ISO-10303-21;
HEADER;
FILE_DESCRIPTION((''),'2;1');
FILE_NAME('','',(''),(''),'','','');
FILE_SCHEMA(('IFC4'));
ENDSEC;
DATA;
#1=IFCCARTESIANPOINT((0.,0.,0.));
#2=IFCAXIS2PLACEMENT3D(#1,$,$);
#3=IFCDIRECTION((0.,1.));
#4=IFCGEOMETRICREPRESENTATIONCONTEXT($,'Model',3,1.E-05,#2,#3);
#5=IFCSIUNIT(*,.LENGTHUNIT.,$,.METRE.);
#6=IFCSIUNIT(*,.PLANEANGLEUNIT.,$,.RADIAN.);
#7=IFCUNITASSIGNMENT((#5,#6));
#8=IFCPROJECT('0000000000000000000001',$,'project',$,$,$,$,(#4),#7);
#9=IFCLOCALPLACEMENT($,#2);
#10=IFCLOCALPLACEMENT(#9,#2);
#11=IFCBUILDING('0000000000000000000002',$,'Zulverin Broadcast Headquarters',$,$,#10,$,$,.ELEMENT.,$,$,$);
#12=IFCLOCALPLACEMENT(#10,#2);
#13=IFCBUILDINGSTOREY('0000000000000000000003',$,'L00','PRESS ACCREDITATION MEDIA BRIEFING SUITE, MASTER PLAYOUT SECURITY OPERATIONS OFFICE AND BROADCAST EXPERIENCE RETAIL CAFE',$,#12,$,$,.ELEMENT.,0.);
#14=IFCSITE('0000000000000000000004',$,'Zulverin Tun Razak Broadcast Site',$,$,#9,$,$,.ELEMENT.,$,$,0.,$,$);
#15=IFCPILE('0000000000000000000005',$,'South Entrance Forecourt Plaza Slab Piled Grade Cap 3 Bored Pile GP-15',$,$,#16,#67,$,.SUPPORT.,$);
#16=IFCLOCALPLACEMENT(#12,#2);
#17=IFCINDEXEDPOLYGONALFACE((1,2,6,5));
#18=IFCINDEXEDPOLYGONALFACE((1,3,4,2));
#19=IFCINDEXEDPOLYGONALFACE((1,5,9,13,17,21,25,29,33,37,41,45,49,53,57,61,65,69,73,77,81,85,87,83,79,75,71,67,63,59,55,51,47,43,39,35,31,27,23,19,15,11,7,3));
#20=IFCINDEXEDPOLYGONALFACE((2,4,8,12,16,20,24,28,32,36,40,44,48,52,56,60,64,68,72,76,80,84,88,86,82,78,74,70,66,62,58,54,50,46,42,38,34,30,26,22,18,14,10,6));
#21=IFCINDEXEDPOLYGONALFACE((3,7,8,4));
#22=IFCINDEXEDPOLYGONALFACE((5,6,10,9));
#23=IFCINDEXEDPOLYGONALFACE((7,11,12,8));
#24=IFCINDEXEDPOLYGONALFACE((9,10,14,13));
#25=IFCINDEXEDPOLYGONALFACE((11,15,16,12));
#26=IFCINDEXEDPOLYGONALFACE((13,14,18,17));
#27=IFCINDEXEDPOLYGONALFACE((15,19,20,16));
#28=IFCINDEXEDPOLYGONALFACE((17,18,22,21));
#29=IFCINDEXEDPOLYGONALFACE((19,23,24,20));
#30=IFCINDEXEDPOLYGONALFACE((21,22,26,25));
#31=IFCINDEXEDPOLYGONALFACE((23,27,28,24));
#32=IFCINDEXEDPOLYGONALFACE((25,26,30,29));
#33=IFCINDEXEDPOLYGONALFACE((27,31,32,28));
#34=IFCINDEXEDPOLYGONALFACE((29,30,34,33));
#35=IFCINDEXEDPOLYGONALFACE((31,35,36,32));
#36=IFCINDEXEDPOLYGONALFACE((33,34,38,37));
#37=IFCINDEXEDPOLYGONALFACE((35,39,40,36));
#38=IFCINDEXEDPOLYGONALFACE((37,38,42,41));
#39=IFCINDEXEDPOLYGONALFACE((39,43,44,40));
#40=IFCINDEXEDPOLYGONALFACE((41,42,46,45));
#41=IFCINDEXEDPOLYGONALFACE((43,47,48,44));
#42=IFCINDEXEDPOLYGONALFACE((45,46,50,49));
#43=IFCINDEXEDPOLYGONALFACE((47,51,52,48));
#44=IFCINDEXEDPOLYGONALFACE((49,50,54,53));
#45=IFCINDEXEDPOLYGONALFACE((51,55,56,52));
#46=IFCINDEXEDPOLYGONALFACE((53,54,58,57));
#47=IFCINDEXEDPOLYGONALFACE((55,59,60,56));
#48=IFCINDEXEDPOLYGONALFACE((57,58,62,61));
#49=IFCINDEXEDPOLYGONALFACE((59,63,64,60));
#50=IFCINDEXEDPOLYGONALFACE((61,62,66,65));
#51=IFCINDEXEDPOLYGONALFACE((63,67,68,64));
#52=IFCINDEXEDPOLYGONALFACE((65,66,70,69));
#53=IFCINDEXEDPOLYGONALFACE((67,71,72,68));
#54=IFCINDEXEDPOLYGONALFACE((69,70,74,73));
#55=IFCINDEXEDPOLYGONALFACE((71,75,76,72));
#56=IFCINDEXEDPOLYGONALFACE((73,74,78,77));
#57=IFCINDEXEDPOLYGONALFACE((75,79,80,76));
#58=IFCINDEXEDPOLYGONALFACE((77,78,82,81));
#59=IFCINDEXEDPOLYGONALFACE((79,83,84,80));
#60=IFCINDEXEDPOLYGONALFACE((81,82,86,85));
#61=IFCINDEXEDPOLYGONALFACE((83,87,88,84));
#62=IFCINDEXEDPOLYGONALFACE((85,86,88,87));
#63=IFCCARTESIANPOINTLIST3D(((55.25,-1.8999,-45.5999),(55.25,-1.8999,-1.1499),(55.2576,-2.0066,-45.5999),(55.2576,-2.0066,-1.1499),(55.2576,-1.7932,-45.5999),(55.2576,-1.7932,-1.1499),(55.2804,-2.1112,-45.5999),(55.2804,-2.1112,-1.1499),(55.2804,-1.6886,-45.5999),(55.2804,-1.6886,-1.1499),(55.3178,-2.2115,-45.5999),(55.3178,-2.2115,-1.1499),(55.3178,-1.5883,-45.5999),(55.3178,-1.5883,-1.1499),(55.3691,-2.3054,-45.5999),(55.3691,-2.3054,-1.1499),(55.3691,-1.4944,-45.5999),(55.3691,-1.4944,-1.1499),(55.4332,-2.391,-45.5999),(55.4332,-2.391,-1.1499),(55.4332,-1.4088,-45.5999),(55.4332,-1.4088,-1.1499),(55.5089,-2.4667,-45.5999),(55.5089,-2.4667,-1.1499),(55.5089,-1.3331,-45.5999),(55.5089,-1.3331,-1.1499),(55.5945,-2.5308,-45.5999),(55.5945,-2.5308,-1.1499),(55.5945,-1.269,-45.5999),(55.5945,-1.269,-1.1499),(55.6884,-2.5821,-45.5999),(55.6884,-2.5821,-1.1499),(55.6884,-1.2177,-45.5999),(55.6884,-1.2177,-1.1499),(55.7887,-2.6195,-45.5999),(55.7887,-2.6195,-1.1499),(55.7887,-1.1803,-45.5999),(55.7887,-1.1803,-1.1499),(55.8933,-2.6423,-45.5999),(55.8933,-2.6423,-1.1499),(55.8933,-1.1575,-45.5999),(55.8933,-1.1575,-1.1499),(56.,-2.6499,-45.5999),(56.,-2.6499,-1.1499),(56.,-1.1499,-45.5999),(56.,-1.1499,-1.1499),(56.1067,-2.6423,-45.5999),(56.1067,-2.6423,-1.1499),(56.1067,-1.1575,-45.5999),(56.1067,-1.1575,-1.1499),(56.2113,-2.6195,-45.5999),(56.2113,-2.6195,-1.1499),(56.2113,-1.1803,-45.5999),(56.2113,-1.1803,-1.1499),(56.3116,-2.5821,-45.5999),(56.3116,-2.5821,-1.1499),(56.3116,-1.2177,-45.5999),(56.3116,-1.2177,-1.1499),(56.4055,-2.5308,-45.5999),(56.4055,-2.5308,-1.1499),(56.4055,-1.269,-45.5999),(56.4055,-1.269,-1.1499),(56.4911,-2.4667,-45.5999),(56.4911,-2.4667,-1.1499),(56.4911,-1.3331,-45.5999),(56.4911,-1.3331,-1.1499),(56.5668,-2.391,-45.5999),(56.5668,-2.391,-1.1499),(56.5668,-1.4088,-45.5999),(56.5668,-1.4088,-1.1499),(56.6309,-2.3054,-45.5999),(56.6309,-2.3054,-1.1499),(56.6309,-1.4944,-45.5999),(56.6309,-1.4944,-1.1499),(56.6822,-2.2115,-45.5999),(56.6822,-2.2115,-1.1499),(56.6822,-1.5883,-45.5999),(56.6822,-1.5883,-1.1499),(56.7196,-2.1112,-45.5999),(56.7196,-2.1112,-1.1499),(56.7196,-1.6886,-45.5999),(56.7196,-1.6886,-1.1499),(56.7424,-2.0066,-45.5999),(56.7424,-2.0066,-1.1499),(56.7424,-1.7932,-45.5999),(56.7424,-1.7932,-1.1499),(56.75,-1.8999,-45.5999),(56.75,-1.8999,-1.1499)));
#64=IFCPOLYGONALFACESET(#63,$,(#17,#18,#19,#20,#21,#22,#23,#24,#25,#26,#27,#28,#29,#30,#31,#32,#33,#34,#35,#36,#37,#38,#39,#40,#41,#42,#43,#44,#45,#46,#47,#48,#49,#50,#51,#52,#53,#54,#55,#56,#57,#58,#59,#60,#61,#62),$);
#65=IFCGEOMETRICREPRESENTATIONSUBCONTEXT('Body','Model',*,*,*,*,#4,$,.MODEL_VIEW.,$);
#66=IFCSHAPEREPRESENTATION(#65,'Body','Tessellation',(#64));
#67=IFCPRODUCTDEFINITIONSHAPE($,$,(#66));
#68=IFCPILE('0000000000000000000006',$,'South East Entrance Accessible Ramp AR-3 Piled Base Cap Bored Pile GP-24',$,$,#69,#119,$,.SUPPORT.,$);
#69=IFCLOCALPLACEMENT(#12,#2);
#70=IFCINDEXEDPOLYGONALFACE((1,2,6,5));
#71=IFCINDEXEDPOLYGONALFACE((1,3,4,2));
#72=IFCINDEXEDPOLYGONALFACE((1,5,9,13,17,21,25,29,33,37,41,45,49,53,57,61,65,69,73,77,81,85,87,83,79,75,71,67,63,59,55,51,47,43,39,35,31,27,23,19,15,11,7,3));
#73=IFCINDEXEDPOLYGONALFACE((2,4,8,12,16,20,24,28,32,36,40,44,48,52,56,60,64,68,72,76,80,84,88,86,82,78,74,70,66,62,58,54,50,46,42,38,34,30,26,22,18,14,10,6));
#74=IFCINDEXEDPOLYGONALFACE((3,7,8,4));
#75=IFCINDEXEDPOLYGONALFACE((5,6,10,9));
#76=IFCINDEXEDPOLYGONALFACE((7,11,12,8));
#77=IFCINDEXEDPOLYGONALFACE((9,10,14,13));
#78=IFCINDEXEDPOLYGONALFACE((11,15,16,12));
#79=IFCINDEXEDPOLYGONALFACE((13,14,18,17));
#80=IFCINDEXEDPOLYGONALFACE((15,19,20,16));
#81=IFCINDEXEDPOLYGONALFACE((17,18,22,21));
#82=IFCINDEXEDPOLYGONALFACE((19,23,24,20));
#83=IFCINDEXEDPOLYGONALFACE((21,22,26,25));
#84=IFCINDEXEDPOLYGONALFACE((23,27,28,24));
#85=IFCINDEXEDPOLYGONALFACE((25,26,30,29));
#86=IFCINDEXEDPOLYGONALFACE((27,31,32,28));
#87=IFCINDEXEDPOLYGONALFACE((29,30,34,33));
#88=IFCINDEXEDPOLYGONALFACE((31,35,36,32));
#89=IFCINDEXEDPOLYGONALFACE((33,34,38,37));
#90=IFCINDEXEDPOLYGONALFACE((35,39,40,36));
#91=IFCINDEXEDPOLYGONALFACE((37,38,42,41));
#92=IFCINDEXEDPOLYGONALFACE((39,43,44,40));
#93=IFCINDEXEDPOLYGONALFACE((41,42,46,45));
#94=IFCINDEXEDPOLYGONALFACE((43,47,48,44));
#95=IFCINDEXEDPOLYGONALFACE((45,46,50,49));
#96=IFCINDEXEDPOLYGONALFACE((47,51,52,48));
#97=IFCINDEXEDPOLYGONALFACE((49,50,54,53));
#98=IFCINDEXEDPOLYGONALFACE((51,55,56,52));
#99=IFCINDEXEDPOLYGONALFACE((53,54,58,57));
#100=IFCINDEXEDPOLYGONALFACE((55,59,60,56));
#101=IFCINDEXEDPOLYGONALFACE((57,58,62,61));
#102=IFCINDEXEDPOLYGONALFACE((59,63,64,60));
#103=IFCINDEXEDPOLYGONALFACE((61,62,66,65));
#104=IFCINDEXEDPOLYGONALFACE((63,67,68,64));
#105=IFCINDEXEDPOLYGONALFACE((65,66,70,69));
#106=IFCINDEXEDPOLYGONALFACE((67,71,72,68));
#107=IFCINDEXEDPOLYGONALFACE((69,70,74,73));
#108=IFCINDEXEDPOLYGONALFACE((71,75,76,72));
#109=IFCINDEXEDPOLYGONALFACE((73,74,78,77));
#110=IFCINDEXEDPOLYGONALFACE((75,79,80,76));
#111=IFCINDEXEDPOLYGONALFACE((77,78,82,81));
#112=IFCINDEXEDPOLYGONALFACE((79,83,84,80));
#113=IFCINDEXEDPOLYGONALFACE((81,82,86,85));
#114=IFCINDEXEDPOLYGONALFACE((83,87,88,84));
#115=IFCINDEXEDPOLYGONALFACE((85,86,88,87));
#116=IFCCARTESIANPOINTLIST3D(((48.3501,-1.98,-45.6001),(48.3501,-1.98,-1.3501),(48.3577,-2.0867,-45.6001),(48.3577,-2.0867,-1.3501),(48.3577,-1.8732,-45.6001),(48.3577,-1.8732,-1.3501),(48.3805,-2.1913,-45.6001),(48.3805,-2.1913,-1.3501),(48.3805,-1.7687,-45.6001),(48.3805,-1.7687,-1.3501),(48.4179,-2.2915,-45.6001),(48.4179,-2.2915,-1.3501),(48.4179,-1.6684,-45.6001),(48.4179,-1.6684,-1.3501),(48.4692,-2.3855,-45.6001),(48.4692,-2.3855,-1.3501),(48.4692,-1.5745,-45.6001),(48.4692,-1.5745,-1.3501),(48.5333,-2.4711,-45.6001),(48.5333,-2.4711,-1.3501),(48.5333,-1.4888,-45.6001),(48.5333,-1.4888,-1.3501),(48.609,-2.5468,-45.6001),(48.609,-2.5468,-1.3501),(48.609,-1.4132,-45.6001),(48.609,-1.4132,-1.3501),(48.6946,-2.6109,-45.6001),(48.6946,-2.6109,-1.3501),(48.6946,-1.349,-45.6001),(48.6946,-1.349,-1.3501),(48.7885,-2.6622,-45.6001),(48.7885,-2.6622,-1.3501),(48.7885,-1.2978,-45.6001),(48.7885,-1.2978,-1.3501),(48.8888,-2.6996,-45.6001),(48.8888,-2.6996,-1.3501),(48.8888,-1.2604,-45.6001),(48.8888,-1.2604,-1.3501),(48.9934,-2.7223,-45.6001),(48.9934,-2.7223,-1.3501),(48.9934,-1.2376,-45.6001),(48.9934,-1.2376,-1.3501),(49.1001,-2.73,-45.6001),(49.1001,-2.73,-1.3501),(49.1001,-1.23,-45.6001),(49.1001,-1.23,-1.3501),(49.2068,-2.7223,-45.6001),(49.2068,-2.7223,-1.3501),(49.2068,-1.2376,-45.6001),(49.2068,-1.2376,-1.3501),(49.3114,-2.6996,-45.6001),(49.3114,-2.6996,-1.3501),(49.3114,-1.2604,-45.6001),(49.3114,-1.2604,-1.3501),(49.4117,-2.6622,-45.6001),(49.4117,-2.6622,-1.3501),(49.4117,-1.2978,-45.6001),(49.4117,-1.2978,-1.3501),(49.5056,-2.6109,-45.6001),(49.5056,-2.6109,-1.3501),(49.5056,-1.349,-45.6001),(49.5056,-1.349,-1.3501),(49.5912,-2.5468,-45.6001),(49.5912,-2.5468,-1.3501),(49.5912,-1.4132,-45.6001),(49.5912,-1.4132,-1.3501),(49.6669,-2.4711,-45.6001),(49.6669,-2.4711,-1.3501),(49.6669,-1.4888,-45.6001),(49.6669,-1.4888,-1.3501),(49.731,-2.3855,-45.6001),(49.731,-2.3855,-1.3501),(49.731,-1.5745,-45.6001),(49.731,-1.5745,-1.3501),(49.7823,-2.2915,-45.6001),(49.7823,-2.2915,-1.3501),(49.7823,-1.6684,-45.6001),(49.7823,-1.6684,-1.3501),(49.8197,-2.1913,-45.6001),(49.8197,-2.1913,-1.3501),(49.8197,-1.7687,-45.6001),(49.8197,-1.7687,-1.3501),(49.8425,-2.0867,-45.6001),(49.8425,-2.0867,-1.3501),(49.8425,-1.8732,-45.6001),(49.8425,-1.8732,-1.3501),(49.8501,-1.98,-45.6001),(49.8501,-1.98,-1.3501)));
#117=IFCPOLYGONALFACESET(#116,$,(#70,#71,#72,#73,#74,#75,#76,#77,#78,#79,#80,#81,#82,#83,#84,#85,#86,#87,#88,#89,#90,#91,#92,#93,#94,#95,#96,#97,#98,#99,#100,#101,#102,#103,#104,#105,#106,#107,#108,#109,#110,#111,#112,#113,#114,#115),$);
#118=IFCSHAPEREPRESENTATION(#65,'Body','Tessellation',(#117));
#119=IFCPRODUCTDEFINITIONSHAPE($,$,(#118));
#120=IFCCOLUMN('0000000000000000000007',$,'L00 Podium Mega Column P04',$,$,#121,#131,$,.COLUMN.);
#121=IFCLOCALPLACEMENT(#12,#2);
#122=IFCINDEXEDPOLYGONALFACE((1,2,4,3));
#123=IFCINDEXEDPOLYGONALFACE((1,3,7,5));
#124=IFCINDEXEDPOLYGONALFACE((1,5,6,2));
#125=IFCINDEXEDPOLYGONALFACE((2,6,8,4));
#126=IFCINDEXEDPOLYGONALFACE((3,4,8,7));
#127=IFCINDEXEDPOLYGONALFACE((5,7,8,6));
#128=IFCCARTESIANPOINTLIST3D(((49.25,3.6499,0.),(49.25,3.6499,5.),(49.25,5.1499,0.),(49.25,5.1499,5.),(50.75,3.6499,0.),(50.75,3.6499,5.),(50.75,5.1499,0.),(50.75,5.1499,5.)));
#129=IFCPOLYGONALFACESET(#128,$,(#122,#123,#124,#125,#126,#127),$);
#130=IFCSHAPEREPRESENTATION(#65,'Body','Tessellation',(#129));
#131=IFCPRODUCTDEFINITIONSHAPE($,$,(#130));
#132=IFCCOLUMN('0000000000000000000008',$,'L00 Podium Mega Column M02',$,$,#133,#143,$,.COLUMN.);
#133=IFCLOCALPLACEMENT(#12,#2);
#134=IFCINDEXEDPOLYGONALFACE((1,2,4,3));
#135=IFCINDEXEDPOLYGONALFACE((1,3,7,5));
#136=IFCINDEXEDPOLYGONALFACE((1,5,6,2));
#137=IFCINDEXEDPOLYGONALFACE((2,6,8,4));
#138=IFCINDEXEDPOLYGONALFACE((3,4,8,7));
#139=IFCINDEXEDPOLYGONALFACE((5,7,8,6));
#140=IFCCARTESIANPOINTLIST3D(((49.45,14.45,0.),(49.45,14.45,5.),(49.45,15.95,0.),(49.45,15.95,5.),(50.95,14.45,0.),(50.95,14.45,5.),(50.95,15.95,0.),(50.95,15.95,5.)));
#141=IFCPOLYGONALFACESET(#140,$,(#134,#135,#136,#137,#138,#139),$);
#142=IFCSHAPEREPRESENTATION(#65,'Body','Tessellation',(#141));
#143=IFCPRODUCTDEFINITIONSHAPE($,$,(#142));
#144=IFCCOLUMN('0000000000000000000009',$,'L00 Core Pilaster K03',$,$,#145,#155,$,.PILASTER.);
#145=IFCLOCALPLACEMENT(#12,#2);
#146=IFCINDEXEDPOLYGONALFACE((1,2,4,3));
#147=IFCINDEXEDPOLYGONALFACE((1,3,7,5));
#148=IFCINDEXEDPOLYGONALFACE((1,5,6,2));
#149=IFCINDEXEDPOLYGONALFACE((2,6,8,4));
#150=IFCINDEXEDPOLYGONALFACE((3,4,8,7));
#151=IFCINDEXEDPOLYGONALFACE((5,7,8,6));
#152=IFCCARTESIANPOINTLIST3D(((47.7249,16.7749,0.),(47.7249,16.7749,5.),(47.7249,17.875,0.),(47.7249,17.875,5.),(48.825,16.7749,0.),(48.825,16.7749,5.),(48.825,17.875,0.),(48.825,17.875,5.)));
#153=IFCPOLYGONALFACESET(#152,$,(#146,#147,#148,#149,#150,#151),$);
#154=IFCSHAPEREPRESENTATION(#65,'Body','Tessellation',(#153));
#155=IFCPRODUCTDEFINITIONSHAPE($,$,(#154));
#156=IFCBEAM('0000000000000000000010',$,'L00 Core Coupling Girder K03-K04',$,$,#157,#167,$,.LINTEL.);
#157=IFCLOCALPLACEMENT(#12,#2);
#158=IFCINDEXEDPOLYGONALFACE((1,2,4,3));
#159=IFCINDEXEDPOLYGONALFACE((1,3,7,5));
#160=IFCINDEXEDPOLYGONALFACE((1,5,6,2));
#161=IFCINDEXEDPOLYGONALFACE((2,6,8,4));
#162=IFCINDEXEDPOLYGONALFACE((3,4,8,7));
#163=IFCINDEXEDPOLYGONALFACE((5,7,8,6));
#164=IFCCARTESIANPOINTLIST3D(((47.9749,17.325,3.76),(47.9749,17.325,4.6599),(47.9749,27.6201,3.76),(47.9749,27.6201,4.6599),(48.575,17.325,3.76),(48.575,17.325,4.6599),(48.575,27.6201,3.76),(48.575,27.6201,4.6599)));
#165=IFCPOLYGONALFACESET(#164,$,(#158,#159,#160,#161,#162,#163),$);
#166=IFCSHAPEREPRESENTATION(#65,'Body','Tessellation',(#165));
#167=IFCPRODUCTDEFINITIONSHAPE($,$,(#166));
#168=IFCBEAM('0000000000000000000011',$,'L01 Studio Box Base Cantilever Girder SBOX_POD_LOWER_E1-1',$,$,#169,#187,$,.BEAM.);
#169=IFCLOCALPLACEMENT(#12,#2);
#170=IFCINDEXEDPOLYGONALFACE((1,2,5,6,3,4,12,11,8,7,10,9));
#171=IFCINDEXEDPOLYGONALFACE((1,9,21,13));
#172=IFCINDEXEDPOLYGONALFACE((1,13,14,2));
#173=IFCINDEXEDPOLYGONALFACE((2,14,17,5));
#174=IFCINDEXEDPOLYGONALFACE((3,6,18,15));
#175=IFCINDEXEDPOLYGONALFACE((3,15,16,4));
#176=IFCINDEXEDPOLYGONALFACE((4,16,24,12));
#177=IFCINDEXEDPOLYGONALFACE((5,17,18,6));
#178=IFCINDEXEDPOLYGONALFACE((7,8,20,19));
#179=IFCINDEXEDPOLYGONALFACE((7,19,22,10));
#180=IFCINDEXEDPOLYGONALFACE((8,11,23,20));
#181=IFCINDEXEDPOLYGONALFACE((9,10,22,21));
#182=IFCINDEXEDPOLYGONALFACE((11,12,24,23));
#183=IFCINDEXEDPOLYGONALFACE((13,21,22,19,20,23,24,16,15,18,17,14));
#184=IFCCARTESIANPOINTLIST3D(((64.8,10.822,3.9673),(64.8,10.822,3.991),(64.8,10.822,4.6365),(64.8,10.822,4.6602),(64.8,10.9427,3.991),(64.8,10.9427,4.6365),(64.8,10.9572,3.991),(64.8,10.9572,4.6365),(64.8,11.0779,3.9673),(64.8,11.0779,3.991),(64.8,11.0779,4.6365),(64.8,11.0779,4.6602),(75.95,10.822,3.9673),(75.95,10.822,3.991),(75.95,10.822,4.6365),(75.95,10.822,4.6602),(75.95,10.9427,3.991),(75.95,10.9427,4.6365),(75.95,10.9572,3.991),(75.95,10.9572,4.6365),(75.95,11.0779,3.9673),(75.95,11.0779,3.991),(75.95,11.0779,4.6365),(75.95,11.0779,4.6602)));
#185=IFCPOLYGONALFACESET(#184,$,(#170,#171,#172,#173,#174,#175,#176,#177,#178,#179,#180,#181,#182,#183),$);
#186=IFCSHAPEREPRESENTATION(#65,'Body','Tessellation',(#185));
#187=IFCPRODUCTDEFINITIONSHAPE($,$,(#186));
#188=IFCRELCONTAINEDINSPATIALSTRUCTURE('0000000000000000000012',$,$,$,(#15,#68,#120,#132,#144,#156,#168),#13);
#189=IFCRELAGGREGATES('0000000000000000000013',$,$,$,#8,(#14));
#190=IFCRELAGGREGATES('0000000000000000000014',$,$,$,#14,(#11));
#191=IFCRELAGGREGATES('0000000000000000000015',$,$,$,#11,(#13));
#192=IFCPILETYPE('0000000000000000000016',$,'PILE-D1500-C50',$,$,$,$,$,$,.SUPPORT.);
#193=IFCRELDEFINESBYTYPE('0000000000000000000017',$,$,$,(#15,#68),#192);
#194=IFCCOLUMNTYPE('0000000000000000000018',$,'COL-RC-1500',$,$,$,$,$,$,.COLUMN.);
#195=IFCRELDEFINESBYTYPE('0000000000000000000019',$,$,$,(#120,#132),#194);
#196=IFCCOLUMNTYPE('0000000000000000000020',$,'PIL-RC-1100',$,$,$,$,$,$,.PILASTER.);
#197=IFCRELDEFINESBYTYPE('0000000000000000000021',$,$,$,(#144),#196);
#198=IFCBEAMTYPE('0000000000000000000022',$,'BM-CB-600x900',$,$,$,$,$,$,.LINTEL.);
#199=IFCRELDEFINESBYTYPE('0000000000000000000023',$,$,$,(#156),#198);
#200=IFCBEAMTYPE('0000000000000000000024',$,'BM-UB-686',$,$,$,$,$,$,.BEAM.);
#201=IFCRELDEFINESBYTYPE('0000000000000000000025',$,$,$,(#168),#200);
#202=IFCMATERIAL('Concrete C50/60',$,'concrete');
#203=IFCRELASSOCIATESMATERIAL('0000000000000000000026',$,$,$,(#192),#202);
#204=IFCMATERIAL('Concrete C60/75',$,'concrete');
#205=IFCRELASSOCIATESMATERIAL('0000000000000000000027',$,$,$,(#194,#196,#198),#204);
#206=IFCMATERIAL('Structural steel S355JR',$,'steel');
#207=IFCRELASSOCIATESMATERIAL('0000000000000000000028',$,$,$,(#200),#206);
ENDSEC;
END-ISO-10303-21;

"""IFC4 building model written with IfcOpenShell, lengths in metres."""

from ifc_helpers import new_model, si_unit, direction, frame, origin, origin_2d, place, context, subcontext, project, spatial, rectangle, circle, i_section, extrude, material, material_profile, profile_set, type_object, element, save


model = new_model("IFC4")

# Units and contexts
model_context = context("Model", 3, precision=1e-05, world=origin(), true_north=direction((0.0, 1.0)))
body_context = subcontext(model_context, "Body", "Model", "MODEL_VIEW")
ifc_project = project(units=[si_unit("LENGTHUNIT", "METRE"), si_unit("PLANEANGLEUNIT", "RADIAN")], contexts=[model_context])

# Site, building, storey
site_placement = place(None, origin())
site = spatial("IfcSite", under=ifc_project, at=site_placement, Name="Zulverin Tun Razak Broadcast Site", CompositionType="ELEMENT", RefElevation=0.0)
building_placement = place(site_placement, origin())
building = spatial("IfcBuilding", under=site, at=building_placement, Name="Zulverin Broadcast Headquarters", CompositionType="ELEMENT")
storey_placement = place(building_placement, origin())
storey = spatial("IfcBuildingStorey", under=building, at=storey_placement, Name="L00", Description="PRESS ACCREDITATION MEDIA BRIEFING SUITE, MASTER PLAYOUT SECURITY OPERATIONS OFFICE AND BROADCAST EXPERIENCE RETAIL CAFE", CompositionType="ELEMENT", Elevation=0.0)

# Piles
ifc_material_1 = material(Name="Concrete C50/60", Category="concrete")
ifc_material_profile_1 = material_profile(ifc_material_1, circle(Radius=0.75, at=origin_2d()), Name="Concrete C50/60", Category="concrete")
ifc_profile_set_1 = profile_set([ifc_material_profile_1], Name="Concrete C50/60")
pile_type = type_object("IfcPileType", Name="PILE-D1500-C50", PredefinedType="SUPPORT", material=ifc_profile_set_1)
pile_1_placement = place(storey_placement, frame((56.0, -1.8999, -1.1499), z_axis=(0.0, 0.0, -1.0), x_axis=(1.0, 0.0, 0.0)))
element("IfcPile", 1, at=pile_1_placement, inside=storey, type_object=pile_type, Name="South Entrance Forecourt Plaza Slab Piled Grade Cap 3 Bored Pile GP-15", PredefinedType="SUPPORT", context=body_context, shape_type="SweptSolid", body=[
    extrude(circle(Radius=0.75, at=origin_2d()), origin(), (0.0, 0.0, 1.0), 44.45),
])
pile_2_placement = place(storey_placement, frame((49.1001, -1.98, -1.3501), z_axis=(0.0, 0.0, -1.0), x_axis=(1.0, 0.0, 0.0)))
element("IfcPile", 2, at=pile_2_placement, inside=storey, type_object=pile_type, Name="South East Entrance Accessible Ramp AR-3 Piled Base Cap Bored Pile GP-24", PredefinedType="SUPPORT", context=body_context, shape_type="SweptSolid", body=[
    extrude(circle(Radius=0.75, at=origin_2d()), origin(), (0.0, 0.0, 1.0), 44.25),
])

# Columns
ifc_material_2 = material(Name="Concrete C60/75", Category="concrete")
ifc_material_profile_2 = material_profile(ifc_material_2, rectangle(XDim=1.5, YDim=1.5, at=origin_2d()), Name="Concrete C60/75", Category="concrete")
ifc_profile_set_2 = profile_set([ifc_material_profile_2], Name="Concrete C60/75")
column_type_1 = type_object("IfcColumnType", Name="COL-RC-1500", PredefinedType="COLUMN", material=ifc_profile_set_2)
for number, where, z_axis, x_axis, name in (
    (3, (50.0, 4.3999, 0.0), (0.0, 0.0, 1.0), (1.0, 0.0, 0.0), "L00 Podium Mega Column P04"),
    (4, (50.2, 15.2, 0.0), (0.0, 0.0, 1.0), (1.0, 0.0, 0.0), "L00 Podium Mega Column M02"),
):
    element("IfcColumn", number, at=place(storey_placement, frame(where, z_axis=z_axis, x_axis=x_axis)), inside=storey, type_object=column_type_1, Name=name, PredefinedType="COLUMN", context=body_context, shape_type="SweptSolid", body=[
        extrude(rectangle(XDim=1.5, YDim=1.5, at=origin_2d()), origin(), (0.0, 0.0, 1.0), 5.0),
    ])
ifc_material_profile_3 = material_profile(ifc_material_2, rectangle(XDim=1.1001, YDim=1.1001, at=origin_2d()), Name="Concrete C60/75", Category="concrete")
ifc_profile_set_3 = profile_set([ifc_material_profile_3], Name="Concrete C60/75")
column_type_2 = type_object("IfcColumnType", Name="PIL-RC-1100", PredefinedType="PILASTER", material=ifc_profile_set_3)
column_placement = place(storey_placement, frame((48.2749, 17.325, 0.0), z_axis=(0.0, 0.0, 1.0), x_axis=(1.0, 0.0, 0.0)))
element("IfcColumn", 5, at=column_placement, inside=storey, type_object=column_type_2, Name="L00 Core Pilaster K03", PredefinedType="PILASTER", context=body_context, shape_type="SweptSolid", body=[
    extrude(rectangle(XDim=1.1001, YDim=1.1001, at=origin_2d()), origin(), (0.0, 0.0, 1.0), 5.0),
])

# Beams
ifc_material_profile_4 = material_profile(ifc_material_2, rectangle(XDim=0.6001, YDim=0.8999, at=origin_2d()), Name="Concrete C60/75", Category="concrete")
ifc_profile_set_4 = profile_set([ifc_material_profile_4], Name="Concrete C60/75")
beam_type_1 = type_object("IfcBeamType", Name="BM-CB-600x900", PredefinedType="LINTEL", material=ifc_profile_set_4)
beam_1_placement = place(storey_placement, frame((48.2749, 17.325, 4.21), z_axis=(0.0, 1.0, 0.0), x_axis=(-1.0, 0.0, 0.0)))
element("IfcBeam", 6, at=beam_1_placement, inside=storey, type_object=beam_type_1, Name="L00 Core Coupling Girder K03-K04", PredefinedType="LINTEL", context=body_context, shape_type="SweptSolid", body=[
    extrude(rectangle(XDim=0.6001, YDim=0.8999, at=origin_2d()), origin(), (0.0, 0.0, 1.0), 10.2952),
])
ifc_material_3 = material(Name="Structural steel S355JR", Category="steel")
ifc_material_profile_5 = material_profile(ifc_material_3, i_section(OverallWidth=0.2559, OverallDepth=0.6929, WebThickness=0.0144, FlangeThickness=0.0237, at=origin_2d()), Name="Structural steel S355JR", Category="steel")
ifc_profile_set_5 = profile_set([ifc_material_profile_5], Name="Structural steel S355JR")
beam_type_2 = type_object("IfcBeamType", Name="BM-UB-686", PredefinedType="BEAM", material=ifc_profile_set_5)
beam_2_placement = place(storey_placement, frame((64.8, 10.95, 4.3137), z_axis=(1.0, 0.0, 0.0), x_axis=(0.0, 1.0, 0.0)))
element("IfcBeam", 7, at=beam_2_placement, inside=storey, type_object=beam_type_2, Name="L01 Studio Box Base Cantilever Girder SBOX_POD_LOWER_E1-1", PredefinedType="BEAM", context=body_context, shape_type="SweptSolid", body=[
    extrude(i_section(OverallWidth=0.2559, OverallDepth=0.6929, WebThickness=0.0144, FlangeThickness=0.0237, at=origin_2d()), origin(), (0.0, 0.0, 1.0), 11.1499),
])

save(model, "model.ifc")
